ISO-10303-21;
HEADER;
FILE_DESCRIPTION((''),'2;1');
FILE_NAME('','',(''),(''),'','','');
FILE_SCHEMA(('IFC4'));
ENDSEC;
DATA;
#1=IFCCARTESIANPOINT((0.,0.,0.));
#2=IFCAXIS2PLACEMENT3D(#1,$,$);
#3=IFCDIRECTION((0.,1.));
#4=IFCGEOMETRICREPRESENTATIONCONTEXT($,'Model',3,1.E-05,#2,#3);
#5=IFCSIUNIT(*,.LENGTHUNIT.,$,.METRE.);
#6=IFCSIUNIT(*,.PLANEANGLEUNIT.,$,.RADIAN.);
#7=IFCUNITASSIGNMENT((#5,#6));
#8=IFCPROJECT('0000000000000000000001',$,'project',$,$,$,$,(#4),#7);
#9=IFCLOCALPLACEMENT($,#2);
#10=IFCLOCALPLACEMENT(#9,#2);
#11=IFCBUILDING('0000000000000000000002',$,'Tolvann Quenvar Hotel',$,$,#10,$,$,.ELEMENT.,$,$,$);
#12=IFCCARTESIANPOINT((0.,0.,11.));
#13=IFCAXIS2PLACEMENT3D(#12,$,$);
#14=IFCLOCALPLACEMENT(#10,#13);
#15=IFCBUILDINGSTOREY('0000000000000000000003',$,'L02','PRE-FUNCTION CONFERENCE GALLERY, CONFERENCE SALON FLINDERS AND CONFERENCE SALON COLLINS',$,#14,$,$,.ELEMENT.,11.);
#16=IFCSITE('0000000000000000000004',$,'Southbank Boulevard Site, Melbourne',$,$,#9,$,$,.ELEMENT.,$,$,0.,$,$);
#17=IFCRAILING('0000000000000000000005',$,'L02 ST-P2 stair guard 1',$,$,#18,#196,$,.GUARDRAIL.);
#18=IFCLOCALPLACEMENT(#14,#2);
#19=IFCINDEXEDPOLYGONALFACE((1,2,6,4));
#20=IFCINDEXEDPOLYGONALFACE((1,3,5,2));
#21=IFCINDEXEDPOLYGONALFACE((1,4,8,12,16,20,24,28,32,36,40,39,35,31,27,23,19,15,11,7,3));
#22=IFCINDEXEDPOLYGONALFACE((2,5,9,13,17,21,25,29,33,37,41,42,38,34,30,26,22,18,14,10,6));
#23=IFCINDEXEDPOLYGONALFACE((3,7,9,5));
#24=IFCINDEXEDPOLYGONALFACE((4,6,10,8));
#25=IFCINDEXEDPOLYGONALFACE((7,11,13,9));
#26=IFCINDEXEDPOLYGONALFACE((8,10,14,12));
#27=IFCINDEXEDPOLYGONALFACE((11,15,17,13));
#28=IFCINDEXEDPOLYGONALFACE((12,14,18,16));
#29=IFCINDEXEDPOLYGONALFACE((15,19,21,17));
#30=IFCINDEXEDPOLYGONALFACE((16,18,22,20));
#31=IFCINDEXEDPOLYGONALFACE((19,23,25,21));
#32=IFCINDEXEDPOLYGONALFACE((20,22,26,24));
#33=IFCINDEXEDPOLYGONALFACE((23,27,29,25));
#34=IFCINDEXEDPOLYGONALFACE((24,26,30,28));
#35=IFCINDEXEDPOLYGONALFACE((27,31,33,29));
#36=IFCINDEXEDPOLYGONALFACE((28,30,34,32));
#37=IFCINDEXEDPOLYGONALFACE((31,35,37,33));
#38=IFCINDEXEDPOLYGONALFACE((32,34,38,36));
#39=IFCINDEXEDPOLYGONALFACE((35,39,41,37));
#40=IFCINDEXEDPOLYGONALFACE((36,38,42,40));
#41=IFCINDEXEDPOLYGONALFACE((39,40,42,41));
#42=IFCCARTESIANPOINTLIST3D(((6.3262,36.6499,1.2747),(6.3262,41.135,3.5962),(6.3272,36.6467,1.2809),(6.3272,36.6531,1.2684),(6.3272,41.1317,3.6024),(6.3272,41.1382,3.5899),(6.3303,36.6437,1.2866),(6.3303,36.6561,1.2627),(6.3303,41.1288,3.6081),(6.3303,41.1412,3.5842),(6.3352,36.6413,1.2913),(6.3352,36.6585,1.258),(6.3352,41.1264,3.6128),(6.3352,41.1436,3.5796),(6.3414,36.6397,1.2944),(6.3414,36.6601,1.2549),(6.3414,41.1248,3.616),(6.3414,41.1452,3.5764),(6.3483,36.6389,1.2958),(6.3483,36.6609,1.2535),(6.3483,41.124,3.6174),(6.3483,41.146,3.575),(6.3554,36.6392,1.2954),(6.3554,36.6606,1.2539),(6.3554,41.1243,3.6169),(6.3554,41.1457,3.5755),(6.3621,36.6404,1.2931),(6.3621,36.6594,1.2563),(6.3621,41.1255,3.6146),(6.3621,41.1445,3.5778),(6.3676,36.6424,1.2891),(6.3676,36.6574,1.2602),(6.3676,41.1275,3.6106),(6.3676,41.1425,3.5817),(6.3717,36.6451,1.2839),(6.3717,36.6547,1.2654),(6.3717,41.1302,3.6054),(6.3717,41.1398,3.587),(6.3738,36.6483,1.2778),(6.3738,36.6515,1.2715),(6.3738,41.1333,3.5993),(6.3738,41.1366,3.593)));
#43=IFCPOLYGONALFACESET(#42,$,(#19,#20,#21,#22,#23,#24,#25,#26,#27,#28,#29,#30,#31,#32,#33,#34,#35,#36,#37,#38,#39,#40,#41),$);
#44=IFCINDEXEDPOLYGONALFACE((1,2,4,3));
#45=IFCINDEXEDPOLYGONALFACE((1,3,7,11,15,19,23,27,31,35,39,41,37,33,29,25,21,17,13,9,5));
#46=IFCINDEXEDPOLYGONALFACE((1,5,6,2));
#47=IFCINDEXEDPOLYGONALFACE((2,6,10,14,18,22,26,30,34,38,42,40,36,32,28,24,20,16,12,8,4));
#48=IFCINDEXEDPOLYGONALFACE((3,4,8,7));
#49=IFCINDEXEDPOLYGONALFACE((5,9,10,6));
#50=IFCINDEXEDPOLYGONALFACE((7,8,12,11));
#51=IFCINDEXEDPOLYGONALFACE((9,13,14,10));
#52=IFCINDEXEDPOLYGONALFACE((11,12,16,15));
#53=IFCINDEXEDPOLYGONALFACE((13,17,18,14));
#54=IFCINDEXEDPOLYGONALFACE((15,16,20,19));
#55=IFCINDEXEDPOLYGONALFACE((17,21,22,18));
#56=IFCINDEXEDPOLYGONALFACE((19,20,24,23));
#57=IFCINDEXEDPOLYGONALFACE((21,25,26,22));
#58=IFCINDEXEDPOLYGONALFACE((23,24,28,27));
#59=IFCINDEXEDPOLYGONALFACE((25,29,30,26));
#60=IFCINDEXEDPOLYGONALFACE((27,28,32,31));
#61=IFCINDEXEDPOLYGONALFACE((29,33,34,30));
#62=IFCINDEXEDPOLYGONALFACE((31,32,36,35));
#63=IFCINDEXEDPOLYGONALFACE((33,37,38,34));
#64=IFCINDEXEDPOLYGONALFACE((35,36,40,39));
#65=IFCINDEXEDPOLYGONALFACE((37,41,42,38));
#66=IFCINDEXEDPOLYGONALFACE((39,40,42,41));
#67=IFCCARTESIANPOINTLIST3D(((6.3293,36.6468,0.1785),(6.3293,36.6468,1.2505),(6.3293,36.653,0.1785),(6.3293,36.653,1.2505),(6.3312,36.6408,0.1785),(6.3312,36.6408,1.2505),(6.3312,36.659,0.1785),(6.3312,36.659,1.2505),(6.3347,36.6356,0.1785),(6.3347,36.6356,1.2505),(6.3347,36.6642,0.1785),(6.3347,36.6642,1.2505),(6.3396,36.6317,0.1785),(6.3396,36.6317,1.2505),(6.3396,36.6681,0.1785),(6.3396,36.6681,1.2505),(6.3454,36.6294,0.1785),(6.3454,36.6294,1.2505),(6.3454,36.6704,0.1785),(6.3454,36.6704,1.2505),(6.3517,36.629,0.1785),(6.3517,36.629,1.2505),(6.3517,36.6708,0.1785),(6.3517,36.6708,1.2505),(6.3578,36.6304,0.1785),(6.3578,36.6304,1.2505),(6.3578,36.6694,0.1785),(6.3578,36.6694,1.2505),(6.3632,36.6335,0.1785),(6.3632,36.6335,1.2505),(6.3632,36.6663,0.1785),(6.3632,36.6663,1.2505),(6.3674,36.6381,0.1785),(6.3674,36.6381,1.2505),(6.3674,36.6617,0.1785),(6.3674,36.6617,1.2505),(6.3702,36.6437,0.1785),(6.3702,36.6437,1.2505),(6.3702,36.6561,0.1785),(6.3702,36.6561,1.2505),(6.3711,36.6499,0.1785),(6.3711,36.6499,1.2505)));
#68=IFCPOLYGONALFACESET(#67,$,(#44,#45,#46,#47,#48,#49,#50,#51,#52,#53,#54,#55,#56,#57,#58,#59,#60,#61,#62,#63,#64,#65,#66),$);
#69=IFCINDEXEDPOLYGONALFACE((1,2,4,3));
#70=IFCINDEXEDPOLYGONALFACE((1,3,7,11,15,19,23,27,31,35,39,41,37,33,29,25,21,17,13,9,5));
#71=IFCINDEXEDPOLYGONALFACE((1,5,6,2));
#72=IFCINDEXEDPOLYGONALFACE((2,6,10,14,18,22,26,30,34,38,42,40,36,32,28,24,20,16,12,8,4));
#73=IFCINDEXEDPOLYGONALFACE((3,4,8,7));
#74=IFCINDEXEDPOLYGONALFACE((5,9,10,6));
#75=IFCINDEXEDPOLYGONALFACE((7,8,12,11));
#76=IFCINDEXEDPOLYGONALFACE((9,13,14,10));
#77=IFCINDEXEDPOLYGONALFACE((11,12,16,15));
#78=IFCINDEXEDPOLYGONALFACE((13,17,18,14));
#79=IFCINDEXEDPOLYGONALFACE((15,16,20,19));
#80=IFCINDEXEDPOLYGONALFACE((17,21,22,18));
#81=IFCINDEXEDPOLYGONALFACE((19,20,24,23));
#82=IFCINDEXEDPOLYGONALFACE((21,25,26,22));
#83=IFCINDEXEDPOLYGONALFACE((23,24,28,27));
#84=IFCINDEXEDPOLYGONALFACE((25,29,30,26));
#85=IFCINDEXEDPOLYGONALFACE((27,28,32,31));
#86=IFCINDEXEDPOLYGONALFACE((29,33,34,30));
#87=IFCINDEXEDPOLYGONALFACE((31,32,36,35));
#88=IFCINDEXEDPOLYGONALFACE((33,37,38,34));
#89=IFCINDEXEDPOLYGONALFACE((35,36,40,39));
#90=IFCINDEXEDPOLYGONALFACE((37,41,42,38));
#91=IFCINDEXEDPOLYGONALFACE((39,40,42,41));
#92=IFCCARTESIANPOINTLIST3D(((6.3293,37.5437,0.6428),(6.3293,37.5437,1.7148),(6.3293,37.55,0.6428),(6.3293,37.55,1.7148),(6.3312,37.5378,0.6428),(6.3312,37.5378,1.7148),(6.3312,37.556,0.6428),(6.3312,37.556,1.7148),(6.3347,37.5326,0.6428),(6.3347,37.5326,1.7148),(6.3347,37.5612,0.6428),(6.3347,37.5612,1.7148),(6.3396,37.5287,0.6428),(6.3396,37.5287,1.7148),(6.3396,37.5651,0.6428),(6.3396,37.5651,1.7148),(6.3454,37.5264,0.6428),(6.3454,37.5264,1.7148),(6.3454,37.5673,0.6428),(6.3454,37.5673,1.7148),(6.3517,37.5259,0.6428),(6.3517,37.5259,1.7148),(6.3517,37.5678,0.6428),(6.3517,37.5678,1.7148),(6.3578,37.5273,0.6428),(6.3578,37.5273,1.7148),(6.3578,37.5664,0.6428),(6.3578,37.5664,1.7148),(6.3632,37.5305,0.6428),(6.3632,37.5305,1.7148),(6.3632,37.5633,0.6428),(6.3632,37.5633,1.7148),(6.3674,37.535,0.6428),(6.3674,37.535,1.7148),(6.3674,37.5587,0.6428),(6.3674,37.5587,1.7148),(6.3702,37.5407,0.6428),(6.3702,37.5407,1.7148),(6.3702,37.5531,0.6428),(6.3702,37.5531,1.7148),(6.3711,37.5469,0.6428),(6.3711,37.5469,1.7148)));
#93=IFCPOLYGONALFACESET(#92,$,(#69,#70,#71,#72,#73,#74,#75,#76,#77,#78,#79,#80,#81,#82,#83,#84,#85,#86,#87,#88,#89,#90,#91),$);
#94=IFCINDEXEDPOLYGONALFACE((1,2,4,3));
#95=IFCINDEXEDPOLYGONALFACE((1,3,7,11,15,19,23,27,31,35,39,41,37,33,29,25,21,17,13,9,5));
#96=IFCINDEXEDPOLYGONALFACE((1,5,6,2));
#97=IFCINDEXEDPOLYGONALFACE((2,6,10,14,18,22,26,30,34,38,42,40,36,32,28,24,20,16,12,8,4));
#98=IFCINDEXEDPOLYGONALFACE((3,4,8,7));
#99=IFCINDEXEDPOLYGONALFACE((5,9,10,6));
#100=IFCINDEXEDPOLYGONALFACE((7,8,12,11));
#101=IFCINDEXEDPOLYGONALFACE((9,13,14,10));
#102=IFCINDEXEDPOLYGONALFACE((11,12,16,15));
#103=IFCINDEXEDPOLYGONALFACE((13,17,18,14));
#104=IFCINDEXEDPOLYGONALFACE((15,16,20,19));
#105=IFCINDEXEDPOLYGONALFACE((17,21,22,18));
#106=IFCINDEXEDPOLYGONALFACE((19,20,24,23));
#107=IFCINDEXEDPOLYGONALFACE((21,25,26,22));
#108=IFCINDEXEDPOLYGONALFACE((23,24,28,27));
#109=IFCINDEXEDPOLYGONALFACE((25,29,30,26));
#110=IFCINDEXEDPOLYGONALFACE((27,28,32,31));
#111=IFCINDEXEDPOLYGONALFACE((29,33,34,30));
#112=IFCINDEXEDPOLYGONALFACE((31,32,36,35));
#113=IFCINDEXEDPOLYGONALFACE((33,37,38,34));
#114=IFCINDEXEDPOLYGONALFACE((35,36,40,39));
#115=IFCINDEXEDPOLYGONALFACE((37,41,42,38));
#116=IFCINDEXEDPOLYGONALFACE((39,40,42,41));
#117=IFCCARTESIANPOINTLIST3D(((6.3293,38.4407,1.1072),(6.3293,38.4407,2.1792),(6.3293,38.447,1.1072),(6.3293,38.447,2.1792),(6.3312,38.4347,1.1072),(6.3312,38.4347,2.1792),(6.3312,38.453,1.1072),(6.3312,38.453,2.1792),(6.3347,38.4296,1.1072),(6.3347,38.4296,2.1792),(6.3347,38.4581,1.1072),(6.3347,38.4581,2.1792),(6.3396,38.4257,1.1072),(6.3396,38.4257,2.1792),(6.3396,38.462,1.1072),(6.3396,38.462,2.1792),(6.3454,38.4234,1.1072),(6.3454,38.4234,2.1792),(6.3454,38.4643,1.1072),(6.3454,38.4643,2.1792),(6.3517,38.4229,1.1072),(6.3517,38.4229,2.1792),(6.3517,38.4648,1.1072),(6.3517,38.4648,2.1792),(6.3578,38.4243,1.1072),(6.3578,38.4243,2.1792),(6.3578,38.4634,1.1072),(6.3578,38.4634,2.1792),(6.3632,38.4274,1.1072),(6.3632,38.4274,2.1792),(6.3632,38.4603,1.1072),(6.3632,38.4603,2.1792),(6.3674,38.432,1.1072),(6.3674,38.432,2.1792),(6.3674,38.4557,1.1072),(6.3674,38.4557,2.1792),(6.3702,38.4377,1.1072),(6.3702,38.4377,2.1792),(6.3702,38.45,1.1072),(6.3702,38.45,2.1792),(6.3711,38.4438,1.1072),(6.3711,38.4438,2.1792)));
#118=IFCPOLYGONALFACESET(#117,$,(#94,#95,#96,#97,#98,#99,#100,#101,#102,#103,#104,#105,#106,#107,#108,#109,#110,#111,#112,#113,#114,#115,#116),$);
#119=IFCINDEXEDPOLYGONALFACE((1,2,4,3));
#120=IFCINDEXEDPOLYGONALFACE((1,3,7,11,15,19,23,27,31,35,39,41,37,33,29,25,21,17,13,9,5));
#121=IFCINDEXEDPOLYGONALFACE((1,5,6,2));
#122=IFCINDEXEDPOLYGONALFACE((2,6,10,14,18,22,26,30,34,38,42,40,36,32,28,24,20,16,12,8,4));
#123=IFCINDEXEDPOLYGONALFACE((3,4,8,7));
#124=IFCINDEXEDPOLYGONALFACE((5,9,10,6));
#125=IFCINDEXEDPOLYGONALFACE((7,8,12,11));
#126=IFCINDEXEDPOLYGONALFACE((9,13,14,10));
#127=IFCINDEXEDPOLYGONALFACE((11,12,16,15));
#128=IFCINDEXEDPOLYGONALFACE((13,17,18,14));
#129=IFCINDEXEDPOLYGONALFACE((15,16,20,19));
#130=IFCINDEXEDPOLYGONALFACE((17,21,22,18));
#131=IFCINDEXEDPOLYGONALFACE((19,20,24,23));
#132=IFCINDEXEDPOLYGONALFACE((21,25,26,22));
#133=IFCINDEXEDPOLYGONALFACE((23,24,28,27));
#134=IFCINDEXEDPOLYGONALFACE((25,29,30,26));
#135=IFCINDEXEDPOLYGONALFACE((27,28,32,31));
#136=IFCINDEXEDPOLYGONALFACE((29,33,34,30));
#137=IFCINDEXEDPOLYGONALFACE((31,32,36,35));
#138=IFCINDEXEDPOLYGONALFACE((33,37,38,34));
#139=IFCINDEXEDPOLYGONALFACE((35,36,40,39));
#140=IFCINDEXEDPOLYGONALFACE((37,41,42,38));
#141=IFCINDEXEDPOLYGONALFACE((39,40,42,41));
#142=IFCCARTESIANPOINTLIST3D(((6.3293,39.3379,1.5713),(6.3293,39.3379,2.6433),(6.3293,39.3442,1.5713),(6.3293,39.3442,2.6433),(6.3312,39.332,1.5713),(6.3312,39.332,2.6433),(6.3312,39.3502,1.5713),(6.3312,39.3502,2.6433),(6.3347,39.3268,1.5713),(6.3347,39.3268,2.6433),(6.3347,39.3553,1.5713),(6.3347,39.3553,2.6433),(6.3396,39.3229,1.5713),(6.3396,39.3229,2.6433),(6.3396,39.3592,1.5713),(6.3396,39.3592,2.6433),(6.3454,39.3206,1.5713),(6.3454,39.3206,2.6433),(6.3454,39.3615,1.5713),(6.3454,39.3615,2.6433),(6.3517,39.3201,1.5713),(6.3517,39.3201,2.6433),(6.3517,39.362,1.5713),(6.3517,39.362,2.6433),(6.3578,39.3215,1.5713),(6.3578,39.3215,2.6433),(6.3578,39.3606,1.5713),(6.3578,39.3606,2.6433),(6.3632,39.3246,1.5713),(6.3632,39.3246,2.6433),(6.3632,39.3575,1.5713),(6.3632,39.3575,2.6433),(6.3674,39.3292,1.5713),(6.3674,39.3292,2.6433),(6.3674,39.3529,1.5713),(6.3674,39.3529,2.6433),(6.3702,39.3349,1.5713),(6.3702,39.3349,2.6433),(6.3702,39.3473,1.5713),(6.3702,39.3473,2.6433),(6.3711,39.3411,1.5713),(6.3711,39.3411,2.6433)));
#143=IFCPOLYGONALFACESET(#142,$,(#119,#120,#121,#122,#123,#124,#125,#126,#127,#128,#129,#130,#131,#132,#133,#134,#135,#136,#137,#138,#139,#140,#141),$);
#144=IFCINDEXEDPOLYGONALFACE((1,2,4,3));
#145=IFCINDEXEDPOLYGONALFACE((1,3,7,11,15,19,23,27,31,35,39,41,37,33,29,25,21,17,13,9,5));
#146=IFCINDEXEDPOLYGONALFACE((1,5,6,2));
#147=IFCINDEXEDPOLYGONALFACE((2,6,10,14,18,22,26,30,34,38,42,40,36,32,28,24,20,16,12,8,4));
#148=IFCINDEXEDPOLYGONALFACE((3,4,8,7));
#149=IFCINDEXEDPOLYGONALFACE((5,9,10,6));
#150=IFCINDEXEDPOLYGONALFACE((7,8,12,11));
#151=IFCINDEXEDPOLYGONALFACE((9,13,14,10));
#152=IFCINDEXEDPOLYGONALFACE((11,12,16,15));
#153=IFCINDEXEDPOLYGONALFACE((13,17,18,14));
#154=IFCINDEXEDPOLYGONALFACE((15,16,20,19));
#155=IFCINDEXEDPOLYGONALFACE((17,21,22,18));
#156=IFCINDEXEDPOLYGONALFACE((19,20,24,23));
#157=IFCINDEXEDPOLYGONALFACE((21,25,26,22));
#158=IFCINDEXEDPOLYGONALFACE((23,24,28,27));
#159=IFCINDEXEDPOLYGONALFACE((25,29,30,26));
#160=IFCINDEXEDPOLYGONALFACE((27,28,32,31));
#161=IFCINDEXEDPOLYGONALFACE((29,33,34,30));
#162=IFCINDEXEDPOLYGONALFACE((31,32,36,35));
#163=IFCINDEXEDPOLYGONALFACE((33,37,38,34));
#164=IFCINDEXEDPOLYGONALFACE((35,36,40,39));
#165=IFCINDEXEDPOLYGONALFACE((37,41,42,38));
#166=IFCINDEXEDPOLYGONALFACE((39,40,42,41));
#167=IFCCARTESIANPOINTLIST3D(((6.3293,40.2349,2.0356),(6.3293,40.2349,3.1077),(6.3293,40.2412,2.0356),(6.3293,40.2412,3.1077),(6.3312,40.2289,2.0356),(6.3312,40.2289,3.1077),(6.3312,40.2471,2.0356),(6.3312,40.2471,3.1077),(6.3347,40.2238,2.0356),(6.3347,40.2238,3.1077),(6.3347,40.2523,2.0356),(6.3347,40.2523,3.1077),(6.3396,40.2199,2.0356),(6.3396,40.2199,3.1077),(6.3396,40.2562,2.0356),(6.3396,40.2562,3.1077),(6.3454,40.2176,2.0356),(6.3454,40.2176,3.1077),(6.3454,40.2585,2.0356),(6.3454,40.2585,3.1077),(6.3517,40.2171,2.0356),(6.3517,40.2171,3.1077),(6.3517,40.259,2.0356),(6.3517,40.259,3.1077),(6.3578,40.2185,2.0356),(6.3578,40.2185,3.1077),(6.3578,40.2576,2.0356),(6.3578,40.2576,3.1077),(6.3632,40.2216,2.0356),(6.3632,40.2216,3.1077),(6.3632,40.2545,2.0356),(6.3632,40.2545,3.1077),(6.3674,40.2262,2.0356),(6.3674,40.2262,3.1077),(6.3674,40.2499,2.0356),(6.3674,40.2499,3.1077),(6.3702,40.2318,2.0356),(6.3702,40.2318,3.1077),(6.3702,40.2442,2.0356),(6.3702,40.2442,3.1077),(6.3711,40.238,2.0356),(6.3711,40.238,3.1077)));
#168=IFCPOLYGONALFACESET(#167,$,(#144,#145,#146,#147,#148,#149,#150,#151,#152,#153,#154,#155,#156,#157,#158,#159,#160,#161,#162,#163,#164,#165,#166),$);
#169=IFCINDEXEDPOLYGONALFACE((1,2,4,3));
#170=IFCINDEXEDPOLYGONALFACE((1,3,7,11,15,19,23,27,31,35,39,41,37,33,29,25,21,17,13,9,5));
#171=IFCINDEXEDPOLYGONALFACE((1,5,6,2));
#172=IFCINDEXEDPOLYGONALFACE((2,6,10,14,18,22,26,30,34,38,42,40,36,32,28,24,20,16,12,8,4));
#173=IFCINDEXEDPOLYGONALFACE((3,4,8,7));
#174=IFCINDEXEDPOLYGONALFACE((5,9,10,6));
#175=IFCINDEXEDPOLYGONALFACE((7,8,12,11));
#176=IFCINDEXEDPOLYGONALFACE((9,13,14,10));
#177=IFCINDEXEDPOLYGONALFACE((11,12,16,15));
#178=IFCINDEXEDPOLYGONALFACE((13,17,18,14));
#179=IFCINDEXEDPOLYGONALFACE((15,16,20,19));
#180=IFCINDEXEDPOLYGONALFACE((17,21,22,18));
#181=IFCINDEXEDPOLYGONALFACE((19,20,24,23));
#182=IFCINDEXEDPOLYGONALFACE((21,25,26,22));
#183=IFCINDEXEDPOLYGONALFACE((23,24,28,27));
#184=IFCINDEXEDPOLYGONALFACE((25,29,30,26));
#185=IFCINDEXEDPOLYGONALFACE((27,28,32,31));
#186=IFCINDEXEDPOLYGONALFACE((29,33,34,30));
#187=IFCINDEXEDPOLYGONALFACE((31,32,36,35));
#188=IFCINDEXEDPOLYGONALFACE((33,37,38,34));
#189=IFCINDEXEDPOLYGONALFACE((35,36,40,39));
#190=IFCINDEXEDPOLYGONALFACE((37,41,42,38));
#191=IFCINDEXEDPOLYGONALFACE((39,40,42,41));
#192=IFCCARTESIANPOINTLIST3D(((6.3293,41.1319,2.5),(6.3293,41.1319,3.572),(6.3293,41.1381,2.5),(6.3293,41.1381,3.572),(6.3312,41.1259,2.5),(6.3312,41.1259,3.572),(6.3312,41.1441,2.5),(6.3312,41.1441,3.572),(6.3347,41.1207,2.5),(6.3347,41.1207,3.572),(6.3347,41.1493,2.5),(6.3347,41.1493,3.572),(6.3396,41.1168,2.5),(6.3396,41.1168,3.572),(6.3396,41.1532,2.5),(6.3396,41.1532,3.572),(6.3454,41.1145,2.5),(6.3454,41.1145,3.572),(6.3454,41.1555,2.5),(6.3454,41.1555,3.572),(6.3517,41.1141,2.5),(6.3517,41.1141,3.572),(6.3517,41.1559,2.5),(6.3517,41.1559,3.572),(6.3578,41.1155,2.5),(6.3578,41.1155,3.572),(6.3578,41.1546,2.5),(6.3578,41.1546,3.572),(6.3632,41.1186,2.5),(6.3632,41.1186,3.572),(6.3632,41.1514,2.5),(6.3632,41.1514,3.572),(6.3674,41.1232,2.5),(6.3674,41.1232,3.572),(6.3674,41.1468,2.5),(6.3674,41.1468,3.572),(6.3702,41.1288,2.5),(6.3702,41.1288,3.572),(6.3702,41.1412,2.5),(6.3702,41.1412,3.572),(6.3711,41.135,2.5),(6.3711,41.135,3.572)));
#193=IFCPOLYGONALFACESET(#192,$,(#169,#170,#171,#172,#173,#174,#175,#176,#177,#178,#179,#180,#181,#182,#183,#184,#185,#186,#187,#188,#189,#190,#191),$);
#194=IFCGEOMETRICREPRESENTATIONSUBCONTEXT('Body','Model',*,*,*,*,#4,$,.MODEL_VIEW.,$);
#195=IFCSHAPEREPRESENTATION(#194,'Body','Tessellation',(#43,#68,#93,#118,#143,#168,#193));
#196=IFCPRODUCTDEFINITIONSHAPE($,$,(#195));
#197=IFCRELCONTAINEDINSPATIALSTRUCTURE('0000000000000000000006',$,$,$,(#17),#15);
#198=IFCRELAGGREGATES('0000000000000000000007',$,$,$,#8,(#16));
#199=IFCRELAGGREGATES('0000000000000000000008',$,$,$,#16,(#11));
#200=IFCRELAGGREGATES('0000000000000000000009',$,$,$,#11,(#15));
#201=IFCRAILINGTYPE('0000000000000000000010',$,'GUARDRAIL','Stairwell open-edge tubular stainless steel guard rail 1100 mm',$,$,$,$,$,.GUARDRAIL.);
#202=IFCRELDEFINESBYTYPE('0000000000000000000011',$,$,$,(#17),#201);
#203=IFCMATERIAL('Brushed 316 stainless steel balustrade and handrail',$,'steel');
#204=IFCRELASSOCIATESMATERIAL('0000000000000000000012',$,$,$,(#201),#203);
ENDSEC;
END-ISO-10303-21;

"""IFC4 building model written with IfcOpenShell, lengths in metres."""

from ifc_helpers import new_model, si_unit, direction, frame, origin, origin_2d, place, context, subcontext, project, spatial, circle, extrude, material, type_object, element, save


model = new_model("IFC4")

# Units and contexts
model_context = context("Model", 3, precision=1e-05, world=origin(), true_north=direction((0.0, 1.0)))
body_context = subcontext(model_context, "Body", "Model", "MODEL_VIEW")
ifc_project = project(units=[si_unit("LENGTHUNIT", "METRE"), si_unit("PLANEANGLEUNIT", "RADIAN")], contexts=[model_context])

# Site, building, storey
site_placement = place(None, origin())
site = spatial("IfcSite", under=ifc_project, at=site_placement, Name="Southbank Boulevard Site, Melbourne", CompositionType="ELEMENT", RefElevation=0.0)
building_placement = place(site_placement, origin())
building = spatial("IfcBuilding", under=site, at=building_placement, Name="Tolvann Quenvar Hotel", CompositionType="ELEMENT")
storey_placement = place(building_placement, frame((0.0, 0.0, 11.0)))
storey = spatial("IfcBuildingStorey", under=building, at=storey_placement, Name="L02", Description="PRE-FUNCTION CONFERENCE GALLERY, CONFERENCE SALON FLINDERS AND CONFERENCE SALON COLLINS", CompositionType="ELEMENT", Elevation=11.0)

# Railing
ifc_material_1 = material(Name="Brushed 316 stainless steel balustrade and handrail", Category="steel")
railing_type_1 = type_object("IfcRailingType", Name="GUARDRAIL", Description="Stairwell open-edge tubular stainless steel guard rail 1100 mm", PredefinedType="GUARDRAIL", material=ifc_material_1)
railing_1_placement = place(storey_placement, frame((6.3501, 36.6499, 0.1785)))
element("IfcRailing", 1, at=railing_1_placement, inside=storey, type_object=railing_type_1, Name="L02 ST-P2 stair guard 1", PredefinedType="GUARDRAIL", context=body_context, shape_type="SweptSolid", body=[
    extrude(circle(Radius=0.0239, at=origin_2d()), frame((0.0, 0.0, 1.0962), z_axis=(0.0, 0.888084, 0.459681), x_axis=(-1.0, 0.0, 0.0)), (0.0, 0.0, 1.0), 5.0503),
    extrude(circle(Radius=0.021, at=origin_2d()), origin(), (0.0, 0.0, 1.0), 1.072),
    extrude(circle(Radius=0.021, at=origin_2d()), frame((0.0, 0.897, 0.4644)), (0.0, 0.0, 1.0), 1.072),
    extrude(circle(Radius=0.021, at=origin_2d()), frame((0.0, 1.7939, 0.9287)), (0.0, 0.0, 1.0), 1.072),
    extrude(circle(Radius=0.021, at=origin_2d()), frame((0.0, 2.6912, 1.3928)), (0.0, 0.0, 1.0), 1.072),
    extrude(circle(Radius=0.021, at=origin_2d()), frame((0.0, 3.5881, 1.8572)), (0.0, 0.0, 1.0), 1.072),
    extrude(circle(Radius=0.021, at=origin_2d()), frame((0.0, 4.4851, 2.3215)), (0.0, 0.0, 1.0), 1.072),
])

save(model, "model.ifc")
